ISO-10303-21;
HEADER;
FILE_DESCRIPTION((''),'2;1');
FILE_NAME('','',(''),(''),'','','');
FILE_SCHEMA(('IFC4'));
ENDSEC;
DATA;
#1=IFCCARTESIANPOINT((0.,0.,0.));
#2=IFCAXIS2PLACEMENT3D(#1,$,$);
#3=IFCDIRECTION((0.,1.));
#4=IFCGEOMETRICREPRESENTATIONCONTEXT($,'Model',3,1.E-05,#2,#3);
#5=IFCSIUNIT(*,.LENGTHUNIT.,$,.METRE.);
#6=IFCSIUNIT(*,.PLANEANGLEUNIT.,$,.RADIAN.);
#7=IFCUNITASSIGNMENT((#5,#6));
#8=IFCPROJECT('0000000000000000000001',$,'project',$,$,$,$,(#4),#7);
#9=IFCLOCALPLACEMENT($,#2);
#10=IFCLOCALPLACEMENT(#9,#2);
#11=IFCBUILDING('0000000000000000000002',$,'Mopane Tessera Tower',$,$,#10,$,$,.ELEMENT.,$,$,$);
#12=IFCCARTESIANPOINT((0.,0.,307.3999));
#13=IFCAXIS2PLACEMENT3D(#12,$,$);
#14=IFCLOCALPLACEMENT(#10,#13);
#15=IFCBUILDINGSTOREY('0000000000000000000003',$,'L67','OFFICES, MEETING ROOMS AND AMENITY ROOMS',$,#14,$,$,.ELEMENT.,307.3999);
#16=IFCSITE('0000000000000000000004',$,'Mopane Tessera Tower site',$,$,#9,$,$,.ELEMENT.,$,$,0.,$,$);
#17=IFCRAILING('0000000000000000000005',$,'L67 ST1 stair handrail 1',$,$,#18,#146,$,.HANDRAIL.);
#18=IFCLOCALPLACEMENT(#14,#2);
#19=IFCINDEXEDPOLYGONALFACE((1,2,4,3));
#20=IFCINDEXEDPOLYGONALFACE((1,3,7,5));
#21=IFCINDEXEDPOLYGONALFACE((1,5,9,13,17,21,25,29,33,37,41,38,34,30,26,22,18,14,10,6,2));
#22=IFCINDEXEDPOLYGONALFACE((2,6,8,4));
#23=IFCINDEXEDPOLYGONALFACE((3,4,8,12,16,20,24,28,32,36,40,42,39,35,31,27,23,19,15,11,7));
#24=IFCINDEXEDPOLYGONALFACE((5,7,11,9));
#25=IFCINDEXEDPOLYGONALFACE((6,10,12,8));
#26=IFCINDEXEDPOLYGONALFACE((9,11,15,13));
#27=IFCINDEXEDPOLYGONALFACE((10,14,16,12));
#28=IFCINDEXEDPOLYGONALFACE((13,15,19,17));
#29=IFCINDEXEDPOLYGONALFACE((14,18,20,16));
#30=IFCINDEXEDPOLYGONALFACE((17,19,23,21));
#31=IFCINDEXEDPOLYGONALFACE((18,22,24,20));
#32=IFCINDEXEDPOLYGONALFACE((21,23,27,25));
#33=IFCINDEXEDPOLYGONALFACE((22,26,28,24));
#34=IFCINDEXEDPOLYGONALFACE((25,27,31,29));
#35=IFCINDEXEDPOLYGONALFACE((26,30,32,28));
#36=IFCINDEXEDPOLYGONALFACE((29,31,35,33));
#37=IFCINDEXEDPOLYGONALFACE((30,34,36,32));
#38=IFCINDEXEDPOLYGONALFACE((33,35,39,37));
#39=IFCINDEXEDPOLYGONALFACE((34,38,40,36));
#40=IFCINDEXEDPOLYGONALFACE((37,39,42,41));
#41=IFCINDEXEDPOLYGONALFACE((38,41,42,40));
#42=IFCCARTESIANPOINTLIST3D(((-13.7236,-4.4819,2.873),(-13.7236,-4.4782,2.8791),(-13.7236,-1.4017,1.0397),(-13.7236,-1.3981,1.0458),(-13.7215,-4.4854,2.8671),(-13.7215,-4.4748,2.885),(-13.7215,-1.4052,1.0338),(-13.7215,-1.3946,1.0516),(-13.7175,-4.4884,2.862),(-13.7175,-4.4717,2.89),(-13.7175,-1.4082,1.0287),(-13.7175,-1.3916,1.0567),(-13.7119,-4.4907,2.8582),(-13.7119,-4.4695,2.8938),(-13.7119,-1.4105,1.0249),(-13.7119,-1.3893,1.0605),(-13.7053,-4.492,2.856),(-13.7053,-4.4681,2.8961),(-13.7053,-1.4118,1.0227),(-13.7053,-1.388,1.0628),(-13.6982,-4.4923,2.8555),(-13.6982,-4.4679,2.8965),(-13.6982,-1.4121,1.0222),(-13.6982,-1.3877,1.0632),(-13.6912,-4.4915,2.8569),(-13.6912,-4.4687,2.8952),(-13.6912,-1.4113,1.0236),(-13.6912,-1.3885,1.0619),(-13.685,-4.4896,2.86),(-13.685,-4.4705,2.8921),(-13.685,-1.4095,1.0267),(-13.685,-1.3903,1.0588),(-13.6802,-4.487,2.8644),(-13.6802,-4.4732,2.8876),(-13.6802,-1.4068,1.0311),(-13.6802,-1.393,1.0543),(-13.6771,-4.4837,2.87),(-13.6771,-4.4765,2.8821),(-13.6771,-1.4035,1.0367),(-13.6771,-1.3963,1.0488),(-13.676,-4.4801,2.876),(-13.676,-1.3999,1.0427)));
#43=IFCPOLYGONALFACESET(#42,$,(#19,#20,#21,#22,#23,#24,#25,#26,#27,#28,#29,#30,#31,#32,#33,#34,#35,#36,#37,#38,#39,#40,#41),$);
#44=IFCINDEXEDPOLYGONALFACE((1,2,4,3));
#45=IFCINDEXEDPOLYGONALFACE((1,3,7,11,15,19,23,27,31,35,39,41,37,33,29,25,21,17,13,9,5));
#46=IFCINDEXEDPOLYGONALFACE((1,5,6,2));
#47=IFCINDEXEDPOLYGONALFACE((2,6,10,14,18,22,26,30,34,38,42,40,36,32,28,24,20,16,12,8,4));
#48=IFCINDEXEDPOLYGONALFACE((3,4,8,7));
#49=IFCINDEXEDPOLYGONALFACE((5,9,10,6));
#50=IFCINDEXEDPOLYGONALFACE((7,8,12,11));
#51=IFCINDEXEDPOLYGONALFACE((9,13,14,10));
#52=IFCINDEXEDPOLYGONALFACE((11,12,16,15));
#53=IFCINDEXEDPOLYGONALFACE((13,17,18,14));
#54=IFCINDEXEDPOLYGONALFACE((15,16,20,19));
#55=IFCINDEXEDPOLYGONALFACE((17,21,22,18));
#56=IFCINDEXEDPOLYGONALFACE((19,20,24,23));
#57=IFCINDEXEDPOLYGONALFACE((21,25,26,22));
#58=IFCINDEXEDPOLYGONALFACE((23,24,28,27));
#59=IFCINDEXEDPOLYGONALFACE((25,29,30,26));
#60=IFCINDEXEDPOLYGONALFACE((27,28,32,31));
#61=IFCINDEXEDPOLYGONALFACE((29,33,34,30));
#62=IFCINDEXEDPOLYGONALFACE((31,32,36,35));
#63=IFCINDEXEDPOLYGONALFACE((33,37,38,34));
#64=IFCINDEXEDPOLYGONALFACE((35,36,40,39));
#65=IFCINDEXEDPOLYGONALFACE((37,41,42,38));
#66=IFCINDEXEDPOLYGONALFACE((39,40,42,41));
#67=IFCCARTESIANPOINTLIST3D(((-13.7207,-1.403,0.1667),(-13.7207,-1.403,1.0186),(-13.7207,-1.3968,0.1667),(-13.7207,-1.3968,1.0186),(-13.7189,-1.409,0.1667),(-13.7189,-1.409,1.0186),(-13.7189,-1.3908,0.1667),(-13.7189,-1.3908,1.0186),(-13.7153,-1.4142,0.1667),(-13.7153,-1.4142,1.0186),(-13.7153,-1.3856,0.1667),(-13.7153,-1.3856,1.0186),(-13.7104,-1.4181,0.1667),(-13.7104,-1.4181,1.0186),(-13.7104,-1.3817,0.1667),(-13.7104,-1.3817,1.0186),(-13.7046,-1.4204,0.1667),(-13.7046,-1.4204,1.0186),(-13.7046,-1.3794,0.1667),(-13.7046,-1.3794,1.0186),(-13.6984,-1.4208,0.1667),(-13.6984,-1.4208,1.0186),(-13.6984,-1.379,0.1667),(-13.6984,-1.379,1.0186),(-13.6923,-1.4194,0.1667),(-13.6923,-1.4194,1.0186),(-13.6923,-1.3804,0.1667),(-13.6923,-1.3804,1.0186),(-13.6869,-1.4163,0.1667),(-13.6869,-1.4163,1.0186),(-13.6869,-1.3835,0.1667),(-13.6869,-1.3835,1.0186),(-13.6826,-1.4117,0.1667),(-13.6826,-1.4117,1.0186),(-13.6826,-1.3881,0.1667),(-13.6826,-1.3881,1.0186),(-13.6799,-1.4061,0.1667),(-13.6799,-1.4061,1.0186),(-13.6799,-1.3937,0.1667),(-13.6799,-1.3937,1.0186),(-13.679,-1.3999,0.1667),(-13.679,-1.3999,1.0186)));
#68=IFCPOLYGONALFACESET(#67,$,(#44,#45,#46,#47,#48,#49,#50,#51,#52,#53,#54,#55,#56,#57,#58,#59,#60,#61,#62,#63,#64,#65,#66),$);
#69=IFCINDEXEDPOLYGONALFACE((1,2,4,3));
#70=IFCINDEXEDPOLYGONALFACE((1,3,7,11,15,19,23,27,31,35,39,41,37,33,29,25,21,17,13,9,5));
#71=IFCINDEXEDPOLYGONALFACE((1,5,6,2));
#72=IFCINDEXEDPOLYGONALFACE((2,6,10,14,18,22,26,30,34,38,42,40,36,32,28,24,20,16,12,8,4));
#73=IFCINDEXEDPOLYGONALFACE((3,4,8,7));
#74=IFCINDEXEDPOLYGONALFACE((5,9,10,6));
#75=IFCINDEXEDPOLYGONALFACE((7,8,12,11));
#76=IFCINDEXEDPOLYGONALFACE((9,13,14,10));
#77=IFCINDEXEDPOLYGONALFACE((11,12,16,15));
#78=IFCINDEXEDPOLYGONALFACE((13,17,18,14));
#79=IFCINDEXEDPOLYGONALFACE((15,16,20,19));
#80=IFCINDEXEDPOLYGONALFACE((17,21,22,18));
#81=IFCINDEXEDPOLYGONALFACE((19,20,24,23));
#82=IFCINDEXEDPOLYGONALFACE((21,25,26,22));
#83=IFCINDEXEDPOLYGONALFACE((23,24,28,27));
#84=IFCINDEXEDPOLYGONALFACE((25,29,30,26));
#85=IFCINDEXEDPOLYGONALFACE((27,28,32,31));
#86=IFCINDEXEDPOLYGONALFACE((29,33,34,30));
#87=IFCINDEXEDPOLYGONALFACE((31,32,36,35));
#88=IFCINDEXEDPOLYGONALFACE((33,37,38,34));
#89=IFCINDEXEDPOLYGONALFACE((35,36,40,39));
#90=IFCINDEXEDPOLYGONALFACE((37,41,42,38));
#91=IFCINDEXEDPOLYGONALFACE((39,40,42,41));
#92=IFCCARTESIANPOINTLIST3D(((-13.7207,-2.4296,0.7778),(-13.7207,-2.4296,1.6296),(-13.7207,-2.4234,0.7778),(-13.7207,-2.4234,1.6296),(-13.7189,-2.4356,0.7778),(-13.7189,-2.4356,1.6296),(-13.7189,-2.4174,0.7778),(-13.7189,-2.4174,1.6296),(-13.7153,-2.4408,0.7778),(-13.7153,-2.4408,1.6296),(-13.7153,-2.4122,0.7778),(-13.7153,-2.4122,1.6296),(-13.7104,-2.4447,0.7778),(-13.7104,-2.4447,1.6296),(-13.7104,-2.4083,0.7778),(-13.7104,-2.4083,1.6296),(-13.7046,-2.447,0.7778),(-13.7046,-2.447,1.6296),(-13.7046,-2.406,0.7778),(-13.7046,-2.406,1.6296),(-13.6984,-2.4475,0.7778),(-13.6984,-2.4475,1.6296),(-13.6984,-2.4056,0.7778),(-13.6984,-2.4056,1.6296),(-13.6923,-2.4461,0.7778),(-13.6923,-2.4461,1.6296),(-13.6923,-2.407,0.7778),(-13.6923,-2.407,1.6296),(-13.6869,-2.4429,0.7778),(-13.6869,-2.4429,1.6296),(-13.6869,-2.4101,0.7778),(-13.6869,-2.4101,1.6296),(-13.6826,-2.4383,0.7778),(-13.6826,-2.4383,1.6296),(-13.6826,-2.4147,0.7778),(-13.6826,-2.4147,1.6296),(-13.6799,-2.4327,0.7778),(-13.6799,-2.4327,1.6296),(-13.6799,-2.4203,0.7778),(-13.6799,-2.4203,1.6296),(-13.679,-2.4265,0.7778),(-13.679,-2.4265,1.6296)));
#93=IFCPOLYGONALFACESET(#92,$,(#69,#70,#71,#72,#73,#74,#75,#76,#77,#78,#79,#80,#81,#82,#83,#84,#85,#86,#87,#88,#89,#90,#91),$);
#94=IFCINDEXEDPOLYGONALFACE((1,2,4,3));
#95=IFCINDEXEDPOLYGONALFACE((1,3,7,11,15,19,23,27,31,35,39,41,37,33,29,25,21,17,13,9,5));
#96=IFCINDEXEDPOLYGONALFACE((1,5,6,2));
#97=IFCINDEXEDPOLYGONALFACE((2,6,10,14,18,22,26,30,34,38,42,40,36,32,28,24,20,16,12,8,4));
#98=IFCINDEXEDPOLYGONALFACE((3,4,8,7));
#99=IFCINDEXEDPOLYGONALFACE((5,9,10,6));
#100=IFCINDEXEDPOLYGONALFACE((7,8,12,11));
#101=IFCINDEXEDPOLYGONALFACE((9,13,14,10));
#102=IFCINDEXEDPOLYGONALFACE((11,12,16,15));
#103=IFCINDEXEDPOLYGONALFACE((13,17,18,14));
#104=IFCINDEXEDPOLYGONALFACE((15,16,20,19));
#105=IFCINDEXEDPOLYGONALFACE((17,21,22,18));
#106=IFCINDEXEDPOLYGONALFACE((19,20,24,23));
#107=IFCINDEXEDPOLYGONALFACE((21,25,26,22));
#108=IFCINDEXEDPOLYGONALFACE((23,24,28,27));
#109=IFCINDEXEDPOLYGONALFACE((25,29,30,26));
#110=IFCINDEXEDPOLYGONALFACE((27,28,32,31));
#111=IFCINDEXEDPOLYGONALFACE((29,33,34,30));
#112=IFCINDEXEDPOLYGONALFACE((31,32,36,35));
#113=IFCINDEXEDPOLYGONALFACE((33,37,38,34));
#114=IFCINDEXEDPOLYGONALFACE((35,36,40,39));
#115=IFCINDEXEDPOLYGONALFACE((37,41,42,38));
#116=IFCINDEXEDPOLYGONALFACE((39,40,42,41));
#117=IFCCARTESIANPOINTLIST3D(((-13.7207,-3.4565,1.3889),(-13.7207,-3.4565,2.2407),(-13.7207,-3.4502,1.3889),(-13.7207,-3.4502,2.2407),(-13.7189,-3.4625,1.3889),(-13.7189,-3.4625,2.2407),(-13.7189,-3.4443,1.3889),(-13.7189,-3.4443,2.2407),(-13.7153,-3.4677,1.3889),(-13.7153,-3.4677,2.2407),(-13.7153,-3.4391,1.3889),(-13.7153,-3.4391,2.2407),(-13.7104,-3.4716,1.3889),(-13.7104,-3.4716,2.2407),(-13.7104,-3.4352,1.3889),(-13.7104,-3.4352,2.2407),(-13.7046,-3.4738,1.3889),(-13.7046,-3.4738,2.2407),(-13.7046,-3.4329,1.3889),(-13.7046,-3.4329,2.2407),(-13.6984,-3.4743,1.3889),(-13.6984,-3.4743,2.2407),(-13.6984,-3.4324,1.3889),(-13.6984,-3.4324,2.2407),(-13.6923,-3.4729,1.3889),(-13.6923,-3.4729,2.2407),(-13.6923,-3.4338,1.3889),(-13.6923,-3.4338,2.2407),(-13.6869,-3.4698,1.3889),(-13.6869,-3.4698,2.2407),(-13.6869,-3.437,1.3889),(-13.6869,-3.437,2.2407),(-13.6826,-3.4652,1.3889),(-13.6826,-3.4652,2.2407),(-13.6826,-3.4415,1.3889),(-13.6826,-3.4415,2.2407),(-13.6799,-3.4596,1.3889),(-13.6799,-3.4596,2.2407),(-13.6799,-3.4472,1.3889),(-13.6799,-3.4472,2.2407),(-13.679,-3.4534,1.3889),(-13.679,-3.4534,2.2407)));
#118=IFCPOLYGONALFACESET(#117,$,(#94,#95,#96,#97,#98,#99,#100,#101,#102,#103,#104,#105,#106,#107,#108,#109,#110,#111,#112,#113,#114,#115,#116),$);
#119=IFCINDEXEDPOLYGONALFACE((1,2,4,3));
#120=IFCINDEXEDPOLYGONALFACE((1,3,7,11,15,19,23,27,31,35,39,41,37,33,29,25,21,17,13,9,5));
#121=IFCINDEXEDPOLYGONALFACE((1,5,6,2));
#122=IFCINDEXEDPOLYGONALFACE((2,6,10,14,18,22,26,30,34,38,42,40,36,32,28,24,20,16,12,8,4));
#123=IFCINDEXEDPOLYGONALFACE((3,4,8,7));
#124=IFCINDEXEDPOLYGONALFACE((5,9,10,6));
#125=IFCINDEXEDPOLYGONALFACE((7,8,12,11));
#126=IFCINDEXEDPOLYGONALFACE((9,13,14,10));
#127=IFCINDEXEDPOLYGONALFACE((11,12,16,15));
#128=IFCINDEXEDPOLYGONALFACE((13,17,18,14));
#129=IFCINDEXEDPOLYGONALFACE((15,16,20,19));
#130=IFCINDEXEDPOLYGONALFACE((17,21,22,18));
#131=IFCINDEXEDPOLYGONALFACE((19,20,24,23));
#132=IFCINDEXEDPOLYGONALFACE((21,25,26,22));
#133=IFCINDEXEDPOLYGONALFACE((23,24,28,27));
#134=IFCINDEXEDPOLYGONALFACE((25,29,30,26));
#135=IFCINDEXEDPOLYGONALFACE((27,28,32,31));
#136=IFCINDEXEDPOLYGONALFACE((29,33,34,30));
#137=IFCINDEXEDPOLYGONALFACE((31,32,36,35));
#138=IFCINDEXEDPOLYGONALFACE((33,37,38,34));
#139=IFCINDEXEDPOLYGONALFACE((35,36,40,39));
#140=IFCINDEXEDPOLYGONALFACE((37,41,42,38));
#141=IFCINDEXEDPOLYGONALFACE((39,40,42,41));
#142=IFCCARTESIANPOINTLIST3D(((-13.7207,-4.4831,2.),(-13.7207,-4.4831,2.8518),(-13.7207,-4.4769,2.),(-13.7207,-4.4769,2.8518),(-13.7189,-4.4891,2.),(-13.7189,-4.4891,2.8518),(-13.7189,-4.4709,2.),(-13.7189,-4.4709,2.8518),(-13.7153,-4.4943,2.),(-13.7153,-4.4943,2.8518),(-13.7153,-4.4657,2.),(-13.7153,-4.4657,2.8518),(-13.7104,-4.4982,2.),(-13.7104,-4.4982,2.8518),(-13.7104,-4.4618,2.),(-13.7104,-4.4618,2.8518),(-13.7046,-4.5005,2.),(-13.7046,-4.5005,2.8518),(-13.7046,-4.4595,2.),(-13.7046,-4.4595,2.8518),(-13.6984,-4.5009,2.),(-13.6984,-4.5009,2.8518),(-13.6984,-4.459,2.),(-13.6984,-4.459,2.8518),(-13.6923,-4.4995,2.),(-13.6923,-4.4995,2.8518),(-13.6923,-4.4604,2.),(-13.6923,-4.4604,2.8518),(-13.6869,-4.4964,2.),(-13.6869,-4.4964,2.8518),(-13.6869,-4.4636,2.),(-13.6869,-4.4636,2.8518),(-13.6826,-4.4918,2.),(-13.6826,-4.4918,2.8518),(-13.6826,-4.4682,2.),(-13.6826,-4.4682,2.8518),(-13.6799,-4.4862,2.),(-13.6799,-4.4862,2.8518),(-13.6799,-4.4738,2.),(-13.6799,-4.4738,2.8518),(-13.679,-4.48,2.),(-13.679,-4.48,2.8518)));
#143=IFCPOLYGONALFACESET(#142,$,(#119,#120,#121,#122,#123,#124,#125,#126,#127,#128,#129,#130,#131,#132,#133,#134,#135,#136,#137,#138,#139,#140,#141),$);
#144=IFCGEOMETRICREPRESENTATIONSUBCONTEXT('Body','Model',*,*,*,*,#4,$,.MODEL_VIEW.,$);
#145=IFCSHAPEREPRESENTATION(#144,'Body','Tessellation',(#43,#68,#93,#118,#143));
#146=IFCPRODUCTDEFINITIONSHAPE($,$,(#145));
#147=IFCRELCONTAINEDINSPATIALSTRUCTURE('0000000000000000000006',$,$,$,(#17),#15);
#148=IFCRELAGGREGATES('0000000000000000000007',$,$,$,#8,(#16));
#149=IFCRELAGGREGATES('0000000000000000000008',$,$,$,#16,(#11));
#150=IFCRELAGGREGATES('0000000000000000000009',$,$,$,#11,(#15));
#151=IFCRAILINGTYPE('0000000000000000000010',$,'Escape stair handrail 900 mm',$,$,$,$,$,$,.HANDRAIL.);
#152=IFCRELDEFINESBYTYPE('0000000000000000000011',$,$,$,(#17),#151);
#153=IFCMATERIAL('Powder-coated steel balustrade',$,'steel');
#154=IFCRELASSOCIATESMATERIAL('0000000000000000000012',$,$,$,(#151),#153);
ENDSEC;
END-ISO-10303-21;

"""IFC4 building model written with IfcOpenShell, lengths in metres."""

from ifc_helpers import new_model, si_unit, direction, frame, origin, origin_2d, place, context, subcontext, project, spatial, circle, extrude, material, type_object, element, save


model = new_model("IFC4")

# Units and contexts
model_context = context("Model", 3, precision=1e-05, world=origin(), true_north=direction((0.0, 1.0)))
body_context = subcontext(model_context, "Body", "Model", "MODEL_VIEW")
ifc_project = project(units=[si_unit("LENGTHUNIT", "METRE"), si_unit("PLANEANGLEUNIT", "RADIAN")], contexts=[model_context])

# Site, building, storey
site_placement = place(None, origin())
site = spatial("IfcSite", under=ifc_project, at=site_placement, Name="Mopane Tessera Tower site", CompositionType="ELEMENT", RefElevation=0.0)
building_placement = place(site_placement, origin())
building = spatial("IfcBuilding", under=site, at=building_placement, Name="Mopane Tessera Tower", CompositionType="ELEMENT")
storey_placement = place(building_placement, frame((0.0, 0.0, 307.3999)))
storey = spatial("IfcBuildingStorey", under=building, at=storey_placement, Name="L67", Description="OFFICES, MEETING ROOMS AND AMENITY ROOMS", CompositionType="ELEMENT", Elevation=307.3999)

# Railing
ifc_material_1 = material(Name="Powder-coated steel balustrade", Category="steel")
railing_type_1 = type_object("IfcRailingType", Name="Escape stair handrail 900 mm", PredefinedType="HANDRAIL", material=ifc_material_1)
railing_1_placement = place(storey_placement, frame((-13.7, -1.3999, 0.1667)))
element("IfcRailing", 1, at=railing_1_placement, inside=storey, type_object=railing_type_1, Name="L67 ST1 stair handrail 1", PredefinedType="HANDRAIL", context=body_context, shape_type="SweptSolid", body=[
    extrude(circle(Radius=0.0239, at=origin_2d()), frame((0.0, 0.0, 0.876), z_axis=(0.0, -0.859309, 0.511458), x_axis=(1.0, 0.0, 0.0)), (0.0, 0.0, 1.0), 3.5845),
    extrude(circle(Radius=0.021, at=origin_2d()), origin(), (0.0, 0.0, 1.0), 0.8518),
    extrude(circle(Radius=0.021, at=origin_2d()), frame((0.0, -1.0266, 0.6111)), (0.0, 0.0, 1.0), 0.8518),
    extrude(circle(Radius=0.021, at=origin_2d()), frame((0.0, -2.0535, 1.2222)), (0.0, 0.0, 1.0), 0.8518),
    extrude(circle(Radius=0.021, at=origin_2d()), frame((0.0, -3.0801, 1.8333)), (0.0, 0.0, 1.0), 0.8518),
])

save(model, "model.ifc")
